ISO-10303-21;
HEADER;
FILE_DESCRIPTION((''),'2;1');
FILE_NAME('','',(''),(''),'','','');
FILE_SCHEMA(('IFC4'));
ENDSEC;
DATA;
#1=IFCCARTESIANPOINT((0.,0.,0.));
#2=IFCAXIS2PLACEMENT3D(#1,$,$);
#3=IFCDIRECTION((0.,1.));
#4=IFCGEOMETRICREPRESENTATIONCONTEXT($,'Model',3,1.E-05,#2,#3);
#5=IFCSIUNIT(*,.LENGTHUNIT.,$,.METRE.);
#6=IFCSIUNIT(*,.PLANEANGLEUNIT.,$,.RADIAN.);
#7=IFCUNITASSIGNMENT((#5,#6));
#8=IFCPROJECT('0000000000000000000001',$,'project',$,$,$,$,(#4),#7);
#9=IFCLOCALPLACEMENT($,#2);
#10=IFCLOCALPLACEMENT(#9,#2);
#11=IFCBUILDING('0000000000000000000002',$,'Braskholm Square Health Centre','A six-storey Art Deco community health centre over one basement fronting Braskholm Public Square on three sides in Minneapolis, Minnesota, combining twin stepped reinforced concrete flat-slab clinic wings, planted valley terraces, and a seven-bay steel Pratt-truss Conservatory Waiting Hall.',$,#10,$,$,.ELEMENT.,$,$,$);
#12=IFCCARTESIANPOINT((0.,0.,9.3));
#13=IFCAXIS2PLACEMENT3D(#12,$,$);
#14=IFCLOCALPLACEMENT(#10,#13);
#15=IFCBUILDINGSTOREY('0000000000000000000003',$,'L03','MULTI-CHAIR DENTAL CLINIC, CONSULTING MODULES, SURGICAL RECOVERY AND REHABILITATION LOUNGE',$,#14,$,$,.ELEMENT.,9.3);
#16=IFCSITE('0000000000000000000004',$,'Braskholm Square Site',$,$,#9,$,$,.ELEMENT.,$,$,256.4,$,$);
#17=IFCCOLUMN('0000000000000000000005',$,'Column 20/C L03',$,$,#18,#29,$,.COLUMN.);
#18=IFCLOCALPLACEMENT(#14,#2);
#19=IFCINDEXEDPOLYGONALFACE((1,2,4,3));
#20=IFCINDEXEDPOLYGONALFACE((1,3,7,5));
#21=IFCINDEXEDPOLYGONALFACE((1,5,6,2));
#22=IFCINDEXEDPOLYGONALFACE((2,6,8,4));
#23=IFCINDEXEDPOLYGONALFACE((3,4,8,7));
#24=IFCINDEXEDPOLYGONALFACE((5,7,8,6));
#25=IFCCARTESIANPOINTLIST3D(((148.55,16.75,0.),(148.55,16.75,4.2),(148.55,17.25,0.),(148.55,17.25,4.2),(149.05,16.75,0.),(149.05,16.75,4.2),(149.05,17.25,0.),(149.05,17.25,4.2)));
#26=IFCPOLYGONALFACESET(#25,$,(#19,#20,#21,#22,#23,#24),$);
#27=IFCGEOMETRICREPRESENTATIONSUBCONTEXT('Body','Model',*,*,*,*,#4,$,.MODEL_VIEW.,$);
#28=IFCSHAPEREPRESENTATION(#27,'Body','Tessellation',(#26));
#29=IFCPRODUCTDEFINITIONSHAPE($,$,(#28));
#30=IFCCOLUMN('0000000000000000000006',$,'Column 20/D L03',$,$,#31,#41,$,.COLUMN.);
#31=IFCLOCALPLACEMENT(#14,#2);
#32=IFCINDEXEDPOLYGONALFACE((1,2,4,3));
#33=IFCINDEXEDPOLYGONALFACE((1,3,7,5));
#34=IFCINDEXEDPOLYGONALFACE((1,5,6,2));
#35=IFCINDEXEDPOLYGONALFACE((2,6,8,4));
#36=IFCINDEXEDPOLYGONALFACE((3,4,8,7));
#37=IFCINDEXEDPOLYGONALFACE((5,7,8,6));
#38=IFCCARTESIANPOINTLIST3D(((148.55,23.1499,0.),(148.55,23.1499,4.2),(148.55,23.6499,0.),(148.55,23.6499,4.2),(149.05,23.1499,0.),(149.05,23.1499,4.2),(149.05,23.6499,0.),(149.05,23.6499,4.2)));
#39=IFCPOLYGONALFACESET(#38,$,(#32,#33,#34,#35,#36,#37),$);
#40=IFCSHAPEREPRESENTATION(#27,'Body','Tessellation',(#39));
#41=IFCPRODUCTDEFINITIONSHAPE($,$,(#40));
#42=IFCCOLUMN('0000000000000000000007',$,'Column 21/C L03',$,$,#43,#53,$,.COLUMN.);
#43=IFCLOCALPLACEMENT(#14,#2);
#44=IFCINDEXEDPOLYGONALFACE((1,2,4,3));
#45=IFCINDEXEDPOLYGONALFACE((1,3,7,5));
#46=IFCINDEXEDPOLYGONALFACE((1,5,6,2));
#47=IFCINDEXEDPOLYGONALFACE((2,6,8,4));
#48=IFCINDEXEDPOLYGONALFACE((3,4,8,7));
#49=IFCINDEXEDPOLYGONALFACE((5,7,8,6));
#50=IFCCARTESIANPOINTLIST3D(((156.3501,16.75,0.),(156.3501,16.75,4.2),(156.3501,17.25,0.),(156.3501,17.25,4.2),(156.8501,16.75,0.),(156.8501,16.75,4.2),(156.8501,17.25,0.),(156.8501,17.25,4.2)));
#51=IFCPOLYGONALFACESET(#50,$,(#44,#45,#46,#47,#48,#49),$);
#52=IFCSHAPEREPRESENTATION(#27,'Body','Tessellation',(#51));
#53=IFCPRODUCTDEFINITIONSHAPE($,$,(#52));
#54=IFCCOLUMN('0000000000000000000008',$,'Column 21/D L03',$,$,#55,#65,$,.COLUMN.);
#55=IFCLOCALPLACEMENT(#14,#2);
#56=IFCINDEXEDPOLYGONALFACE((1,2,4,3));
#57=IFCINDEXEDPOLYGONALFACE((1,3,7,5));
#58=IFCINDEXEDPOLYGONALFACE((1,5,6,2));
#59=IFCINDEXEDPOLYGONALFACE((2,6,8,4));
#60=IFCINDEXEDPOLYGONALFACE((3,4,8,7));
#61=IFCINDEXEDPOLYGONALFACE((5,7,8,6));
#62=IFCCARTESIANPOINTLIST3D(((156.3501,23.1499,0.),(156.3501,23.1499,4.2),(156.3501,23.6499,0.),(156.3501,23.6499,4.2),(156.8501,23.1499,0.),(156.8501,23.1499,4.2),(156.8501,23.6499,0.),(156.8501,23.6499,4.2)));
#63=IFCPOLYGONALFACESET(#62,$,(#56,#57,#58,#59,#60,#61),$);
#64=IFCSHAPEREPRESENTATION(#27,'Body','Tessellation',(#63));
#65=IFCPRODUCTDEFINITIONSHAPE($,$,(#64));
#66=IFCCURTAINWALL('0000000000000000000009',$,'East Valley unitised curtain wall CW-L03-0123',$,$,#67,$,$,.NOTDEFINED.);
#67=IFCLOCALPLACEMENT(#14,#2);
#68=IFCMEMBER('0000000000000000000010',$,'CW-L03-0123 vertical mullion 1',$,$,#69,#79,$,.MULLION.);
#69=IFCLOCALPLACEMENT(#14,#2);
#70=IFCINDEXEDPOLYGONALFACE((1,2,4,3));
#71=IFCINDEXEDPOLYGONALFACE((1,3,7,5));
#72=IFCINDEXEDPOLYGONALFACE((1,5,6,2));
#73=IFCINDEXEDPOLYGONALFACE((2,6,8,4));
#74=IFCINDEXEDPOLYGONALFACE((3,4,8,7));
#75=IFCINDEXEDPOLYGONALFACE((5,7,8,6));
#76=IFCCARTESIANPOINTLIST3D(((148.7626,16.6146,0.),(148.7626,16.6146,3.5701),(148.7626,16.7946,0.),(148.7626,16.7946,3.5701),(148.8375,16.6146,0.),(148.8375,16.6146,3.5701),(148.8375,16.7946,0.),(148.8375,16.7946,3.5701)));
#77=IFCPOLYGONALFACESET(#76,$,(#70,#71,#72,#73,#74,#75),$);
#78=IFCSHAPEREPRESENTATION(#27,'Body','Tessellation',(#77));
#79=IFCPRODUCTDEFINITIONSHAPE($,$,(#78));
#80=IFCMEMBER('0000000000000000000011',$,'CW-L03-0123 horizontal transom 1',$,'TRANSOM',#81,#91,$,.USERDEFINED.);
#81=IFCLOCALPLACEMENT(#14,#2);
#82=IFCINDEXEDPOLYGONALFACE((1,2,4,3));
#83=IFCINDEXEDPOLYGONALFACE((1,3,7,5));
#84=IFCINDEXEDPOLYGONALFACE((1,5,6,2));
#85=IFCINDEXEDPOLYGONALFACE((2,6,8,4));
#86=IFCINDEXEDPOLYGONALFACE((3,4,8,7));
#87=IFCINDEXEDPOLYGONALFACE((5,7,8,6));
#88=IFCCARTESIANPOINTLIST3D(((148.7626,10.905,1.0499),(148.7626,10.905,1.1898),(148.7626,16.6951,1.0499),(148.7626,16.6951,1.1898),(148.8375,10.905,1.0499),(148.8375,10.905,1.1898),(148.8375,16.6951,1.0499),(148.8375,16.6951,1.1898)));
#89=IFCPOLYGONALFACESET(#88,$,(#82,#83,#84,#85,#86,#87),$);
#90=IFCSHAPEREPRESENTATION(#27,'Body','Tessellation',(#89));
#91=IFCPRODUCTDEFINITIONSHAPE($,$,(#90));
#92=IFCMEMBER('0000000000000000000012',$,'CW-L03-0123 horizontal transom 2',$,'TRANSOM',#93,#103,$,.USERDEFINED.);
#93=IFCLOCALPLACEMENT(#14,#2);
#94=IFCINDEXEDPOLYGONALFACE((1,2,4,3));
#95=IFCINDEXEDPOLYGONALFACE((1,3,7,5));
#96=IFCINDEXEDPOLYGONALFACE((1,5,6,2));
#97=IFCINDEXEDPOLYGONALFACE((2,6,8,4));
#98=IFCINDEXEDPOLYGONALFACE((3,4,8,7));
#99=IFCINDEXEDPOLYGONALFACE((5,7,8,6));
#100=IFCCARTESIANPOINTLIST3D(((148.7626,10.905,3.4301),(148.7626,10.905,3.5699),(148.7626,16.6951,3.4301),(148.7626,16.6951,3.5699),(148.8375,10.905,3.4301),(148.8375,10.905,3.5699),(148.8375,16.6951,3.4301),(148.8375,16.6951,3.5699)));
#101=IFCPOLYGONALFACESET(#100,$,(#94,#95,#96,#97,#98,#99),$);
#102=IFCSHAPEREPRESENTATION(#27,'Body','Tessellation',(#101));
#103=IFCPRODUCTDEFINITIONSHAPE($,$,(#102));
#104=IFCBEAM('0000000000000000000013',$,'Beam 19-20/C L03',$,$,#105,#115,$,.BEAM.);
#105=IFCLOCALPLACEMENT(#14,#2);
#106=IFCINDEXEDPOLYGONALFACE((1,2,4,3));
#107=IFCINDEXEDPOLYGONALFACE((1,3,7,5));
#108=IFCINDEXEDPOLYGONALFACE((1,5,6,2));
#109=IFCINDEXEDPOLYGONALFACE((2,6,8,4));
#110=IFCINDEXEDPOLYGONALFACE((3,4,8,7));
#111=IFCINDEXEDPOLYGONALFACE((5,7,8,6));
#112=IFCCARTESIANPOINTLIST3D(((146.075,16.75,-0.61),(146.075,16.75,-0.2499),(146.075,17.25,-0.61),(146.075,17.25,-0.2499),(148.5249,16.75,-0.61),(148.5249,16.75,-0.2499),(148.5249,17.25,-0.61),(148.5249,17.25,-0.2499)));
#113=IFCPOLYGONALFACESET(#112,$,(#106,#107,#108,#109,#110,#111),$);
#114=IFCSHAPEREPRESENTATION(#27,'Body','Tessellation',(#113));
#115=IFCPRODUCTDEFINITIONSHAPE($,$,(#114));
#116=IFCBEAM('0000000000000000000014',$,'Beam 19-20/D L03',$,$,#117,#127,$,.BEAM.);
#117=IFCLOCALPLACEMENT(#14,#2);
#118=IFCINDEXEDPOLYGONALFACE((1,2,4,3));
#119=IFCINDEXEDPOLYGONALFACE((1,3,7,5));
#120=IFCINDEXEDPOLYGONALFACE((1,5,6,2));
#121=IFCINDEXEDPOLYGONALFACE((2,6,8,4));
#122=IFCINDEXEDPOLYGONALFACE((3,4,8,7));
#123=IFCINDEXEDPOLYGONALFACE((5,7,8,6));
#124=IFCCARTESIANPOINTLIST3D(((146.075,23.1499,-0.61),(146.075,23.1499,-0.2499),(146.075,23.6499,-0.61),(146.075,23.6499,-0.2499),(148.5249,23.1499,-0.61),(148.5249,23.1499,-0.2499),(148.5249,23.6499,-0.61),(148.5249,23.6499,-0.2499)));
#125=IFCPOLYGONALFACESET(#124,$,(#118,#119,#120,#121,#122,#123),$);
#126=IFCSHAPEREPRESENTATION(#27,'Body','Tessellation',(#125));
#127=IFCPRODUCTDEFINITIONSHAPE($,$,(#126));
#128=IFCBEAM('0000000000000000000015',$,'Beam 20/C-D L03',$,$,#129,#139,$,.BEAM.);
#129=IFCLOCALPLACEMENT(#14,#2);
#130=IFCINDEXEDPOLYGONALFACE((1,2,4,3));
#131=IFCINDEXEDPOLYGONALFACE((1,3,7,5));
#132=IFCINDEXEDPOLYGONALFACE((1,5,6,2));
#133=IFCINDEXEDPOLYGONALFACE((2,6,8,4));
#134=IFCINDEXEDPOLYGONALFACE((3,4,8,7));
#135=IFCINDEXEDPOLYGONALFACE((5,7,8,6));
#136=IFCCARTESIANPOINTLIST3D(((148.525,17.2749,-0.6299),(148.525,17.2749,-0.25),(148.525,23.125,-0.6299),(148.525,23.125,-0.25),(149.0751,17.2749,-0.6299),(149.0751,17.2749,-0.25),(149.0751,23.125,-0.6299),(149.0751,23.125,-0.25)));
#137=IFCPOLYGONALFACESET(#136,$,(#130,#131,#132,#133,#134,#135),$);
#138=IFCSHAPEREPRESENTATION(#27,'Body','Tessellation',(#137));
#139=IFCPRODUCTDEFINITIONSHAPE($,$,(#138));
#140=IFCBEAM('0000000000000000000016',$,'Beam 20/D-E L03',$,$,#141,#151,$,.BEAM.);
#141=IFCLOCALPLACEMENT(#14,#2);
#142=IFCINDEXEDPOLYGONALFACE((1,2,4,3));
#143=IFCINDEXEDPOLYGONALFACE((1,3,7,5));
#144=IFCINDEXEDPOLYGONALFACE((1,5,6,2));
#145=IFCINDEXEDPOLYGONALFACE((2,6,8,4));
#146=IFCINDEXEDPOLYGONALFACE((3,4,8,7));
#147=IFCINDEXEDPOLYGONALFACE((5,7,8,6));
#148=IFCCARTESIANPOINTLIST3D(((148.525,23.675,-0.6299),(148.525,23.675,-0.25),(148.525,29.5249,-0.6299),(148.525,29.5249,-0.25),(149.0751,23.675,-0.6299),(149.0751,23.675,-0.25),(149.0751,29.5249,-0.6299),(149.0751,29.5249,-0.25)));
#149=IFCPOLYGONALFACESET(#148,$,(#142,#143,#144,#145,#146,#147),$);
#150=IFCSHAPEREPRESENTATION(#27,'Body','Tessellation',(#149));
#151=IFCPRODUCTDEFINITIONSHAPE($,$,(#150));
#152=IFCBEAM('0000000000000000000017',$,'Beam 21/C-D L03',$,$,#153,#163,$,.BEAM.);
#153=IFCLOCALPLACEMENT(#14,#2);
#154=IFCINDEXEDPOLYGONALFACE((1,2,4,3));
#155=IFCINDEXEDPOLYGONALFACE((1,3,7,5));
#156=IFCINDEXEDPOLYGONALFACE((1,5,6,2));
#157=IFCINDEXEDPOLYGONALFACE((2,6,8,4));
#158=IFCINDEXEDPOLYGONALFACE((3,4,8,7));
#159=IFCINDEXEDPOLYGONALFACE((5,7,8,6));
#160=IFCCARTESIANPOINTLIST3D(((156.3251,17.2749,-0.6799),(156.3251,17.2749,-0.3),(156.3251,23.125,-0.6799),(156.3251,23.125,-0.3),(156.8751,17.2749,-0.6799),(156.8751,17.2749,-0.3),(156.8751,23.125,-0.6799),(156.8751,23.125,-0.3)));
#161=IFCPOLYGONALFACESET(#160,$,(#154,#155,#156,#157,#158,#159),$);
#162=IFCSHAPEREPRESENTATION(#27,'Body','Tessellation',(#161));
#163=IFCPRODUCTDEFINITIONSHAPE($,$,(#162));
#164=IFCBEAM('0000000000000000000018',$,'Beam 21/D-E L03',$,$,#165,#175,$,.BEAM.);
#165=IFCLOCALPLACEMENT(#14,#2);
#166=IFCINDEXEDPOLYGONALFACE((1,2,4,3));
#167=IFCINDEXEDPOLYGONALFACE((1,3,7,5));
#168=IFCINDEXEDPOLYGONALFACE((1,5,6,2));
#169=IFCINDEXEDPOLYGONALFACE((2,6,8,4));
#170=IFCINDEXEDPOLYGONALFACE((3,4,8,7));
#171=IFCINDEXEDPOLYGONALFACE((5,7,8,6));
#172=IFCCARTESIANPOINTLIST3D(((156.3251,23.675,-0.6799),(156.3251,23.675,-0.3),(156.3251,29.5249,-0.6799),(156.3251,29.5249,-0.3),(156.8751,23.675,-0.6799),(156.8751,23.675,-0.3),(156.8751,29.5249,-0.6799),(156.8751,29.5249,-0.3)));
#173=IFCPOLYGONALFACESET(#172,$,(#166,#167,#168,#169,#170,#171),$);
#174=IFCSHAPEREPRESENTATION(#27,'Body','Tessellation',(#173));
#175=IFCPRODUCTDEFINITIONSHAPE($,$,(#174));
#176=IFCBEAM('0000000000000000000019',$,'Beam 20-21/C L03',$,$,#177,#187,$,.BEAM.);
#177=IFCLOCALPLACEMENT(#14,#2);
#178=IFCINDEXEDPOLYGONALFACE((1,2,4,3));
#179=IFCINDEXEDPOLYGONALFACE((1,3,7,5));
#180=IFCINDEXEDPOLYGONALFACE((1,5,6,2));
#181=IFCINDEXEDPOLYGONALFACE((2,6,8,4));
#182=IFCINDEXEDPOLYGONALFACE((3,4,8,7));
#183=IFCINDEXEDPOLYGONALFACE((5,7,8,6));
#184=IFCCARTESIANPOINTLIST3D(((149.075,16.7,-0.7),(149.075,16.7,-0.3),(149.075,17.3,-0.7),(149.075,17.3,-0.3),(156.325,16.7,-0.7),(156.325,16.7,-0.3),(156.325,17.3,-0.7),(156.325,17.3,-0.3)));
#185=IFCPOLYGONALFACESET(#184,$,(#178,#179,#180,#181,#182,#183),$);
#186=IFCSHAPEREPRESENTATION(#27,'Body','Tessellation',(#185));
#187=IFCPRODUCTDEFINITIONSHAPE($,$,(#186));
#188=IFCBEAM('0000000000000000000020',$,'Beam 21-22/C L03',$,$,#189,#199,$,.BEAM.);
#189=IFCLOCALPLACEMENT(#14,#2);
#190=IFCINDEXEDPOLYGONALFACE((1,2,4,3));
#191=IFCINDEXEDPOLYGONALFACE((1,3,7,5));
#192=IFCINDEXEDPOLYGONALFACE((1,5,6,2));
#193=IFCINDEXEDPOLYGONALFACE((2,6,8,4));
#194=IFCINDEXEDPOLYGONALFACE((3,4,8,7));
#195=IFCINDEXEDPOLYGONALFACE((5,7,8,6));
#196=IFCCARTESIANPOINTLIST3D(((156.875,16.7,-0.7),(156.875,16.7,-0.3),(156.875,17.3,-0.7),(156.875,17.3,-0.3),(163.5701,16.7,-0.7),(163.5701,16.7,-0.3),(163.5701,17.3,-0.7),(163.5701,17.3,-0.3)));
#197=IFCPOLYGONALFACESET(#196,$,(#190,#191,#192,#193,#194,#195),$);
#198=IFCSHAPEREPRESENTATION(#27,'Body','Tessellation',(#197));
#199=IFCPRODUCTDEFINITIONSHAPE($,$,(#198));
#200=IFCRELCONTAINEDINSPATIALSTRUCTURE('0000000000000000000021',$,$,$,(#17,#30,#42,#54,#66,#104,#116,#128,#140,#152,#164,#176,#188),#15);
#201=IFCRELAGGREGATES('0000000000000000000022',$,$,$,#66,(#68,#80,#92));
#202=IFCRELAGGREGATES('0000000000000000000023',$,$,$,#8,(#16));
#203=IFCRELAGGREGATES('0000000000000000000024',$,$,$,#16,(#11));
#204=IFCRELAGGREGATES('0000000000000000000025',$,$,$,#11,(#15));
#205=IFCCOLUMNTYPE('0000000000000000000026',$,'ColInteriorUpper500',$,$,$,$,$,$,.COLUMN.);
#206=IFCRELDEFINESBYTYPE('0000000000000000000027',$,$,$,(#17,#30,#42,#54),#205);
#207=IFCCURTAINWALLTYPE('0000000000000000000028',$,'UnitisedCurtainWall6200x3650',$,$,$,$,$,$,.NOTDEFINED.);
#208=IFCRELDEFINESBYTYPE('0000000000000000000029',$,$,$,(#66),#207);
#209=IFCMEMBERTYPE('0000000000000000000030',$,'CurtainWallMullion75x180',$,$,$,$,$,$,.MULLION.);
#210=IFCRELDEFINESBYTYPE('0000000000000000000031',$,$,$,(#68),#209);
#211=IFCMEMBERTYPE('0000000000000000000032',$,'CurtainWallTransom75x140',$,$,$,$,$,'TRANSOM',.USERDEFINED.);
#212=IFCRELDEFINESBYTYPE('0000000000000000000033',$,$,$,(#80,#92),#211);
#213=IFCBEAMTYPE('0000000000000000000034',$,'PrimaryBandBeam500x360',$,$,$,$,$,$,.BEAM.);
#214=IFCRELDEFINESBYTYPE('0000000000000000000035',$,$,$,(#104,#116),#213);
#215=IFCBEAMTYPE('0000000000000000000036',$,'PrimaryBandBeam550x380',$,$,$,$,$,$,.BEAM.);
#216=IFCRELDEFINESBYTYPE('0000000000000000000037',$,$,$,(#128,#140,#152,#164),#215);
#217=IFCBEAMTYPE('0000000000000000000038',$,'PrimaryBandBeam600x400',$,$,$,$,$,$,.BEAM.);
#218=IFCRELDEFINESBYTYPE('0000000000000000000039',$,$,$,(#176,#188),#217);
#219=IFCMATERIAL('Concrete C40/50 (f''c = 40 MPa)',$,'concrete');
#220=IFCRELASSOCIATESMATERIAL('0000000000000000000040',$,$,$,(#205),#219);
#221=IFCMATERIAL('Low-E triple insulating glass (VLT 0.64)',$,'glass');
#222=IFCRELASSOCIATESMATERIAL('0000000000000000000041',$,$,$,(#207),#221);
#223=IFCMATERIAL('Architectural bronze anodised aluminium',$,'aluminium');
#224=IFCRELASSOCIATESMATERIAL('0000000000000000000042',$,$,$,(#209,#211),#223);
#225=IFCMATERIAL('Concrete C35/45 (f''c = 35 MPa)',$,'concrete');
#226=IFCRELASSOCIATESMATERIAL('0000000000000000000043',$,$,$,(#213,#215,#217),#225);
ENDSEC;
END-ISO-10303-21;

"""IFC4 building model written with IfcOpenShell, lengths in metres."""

from ifc_helpers import new_model, si_unit, direction, frame, origin, origin_2d, place, context, subcontext, project, spatial, rectangle, extrude, material, material_profile, profile_set, type_object, element, aggregate, save


model = new_model("IFC4")

# Units and contexts
model_context = context("Model", 3, precision=1e-05, world=origin(), true_north=direction((0.0, 1.0)))
body_context = subcontext(model_context, "Body", "Model", "MODEL_VIEW")
ifc_project = project(units=[si_unit("LENGTHUNIT", "METRE"), si_unit("PLANEANGLEUNIT", "RADIAN")], contexts=[model_context])

# Site, building, storey
site_placement = place(None, origin())
site = spatial("IfcSite", under=ifc_project, at=site_placement, Name="Braskholm Square Site", CompositionType="ELEMENT", RefElevation=256.4)
building_placement = place(site_placement, origin())
building = spatial("IfcBuilding", under=site, at=building_placement, Name="Braskholm Square Health Centre", Description="A six-storey Art Deco community health centre over one basement fronting Braskholm Public Square on three sides in Minneapolis, Minnesota, combining twin stepped reinforced concrete flat-slab clinic wings, planted valley terraces, and a seven-bay steel Pratt-truss Conservatory Waiting Hall.", CompositionType="ELEMENT")
storey_placement = place(building_placement, frame((0.0, 0.0, 9.3)))
storey = spatial("IfcBuildingStorey", under=building, at=storey_placement, Name="L03", Description="MULTI-CHAIR DENTAL CLINIC, CONSULTING MODULES, SURGICAL RECOVERY AND REHABILITATION LOUNGE", CompositionType="ELEMENT", Elevation=9.3)

# Columns
ifc_material_1 = material(Name="Concrete C40/50 (f'c = 40 MPa)", Category="concrete")
ifc_material_profile_1 = material_profile(ifc_material_1, rectangle(XDim=0.5, YDim=0.5, at=origin_2d()), Name="RC-500X500")
ifc_profile_set_1 = profile_set([ifc_material_profile_1], Name="Concrete C40/50 (f'c = 40 MPa)")
column_type = type_object("IfcColumnType", Name="ColInteriorUpper500", PredefinedType="COLUMN", material=ifc_profile_set_1)
for number, where, z_axis, x_axis, name in (
    (1, (148.8, 17.0, 0.0), (0.0, 0.0, 1.0), (1.0, 0.0, 0.0), "Column 20/C L03"),
    (2, (148.8, 23.3999, 0.0), (0.0, 0.0, 1.0), (1.0, 0.0, 0.0), "Column 20/D L03"),
    (3, (156.6001, 17.0, 0.0), (0.0, 0.0, 1.0), (1.0, 0.0, 0.0), "Column 21/C L03"),
    (4, (156.6001, 23.3999, 0.0), (0.0, 0.0, 1.0), (1.0, 0.0, 0.0), "Column 21/D L03"),
):
    element("IfcColumn", number, at=place(storey_placement, frame(where, z_axis=z_axis, x_axis=x_axis)), inside=storey, type_object=column_type, Name=name, PredefinedType="COLUMN", context=body_context, shape_type="SweptSolid", body=[
        extrude(rectangle(XDim=0.5, YDim=0.5, at=origin_2d()), origin(), (0.0, 0.0, 1.0), 4.2),
    ])

# Curtain wall, members
ifc_material_2 = material(Name="Low-E triple insulating glass (VLT 0.64)", Category="glass")
curtain_wall_type = type_object("IfcCurtainWallType", Name="UnitisedCurtainWall6200x3650", PredefinedType="NOTDEFINED", material=ifc_material_2)
curtain_wall_placement = place(storey_placement, origin())
curtain_wall = element("IfcCurtainWall", 5, at=curtain_wall_placement, inside=storey, type_object=curtain_wall_type, Name="East Valley unitised curtain wall CW-L03-0123", PredefinedType="NOTDEFINED")
ifc_material_3 = material(Name="Architectural bronze anodised aluminium", Category="aluminium")
ifc_material_profile_2 = material_profile(ifc_material_3, rectangle(XDim=0.075, YDim=0.1799, at=origin_2d()), Name="ALU-75X180")
ifc_profile_set_2 = profile_set([ifc_material_profile_2], Name="Architectural bronze anodised aluminium")
member_type_1 = type_object("IfcMemberType", Name="CurtainWallMullion75x180", PredefinedType="MULLION", material=ifc_profile_set_2)
member_1_placement = place(storey_placement, frame((148.8, 16.7046, 0.0), z_axis=(0.0, 0.0, 1.0), x_axis=(1.0, 0.0, 0.0)))
member_1 = element("IfcMember", 6, at=member_1_placement, type_object=member_type_1, Name="CW-L03-0123 vertical mullion 1", PredefinedType="MULLION", context=body_context, shape_type="SweptSolid", body=[
    extrude(rectangle(XDim=0.075, YDim=0.1799, at=origin_2d()), origin(), (0.0, 0.0, 1.0), 3.5701),
])
ifc_material_profile_3 = material_profile(ifc_material_3, rectangle(XDim=0.075, YDim=0.1399, at=origin_2d()), Name="ALU-75X140")
ifc_profile_set_3 = profile_set([ifc_material_profile_3], Name="Architectural bronze anodised aluminium")
member_type_2 = type_object("IfcMemberType", Name="CurtainWallTransom75x140", ElementType="TRANSOM", PredefinedType="USERDEFINED", material=ifc_profile_set_3)
member_2_placement = place(storey_placement, frame((148.8, 16.6951, 1.1199), z_axis=(0.0, -1.0, 0.0), x_axis=(1.0, 0.0, 0.0)))
member_2 = element("IfcMember", 7, at=member_2_placement, type_object=member_type_2, Name="CW-L03-0123 horizontal transom 1", ObjectType="TRANSOM", PredefinedType="USERDEFINED", context=body_context, shape_type="SweptSolid", body=[
    extrude(rectangle(XDim=0.075, YDim=0.1399, at=origin_2d()), origin(), (0.0, 0.0, 1.0), 5.79),
])
member_3_placement = place(storey_placement, frame((148.8, 16.6951, 3.5), z_axis=(0.0, -1.0, 0.0), x_axis=(1.0, 0.0, 0.0)))
member_3 = element("IfcMember", 8, at=member_3_placement, type_object=member_type_2, Name="CW-L03-0123 horizontal transom 2", ObjectType="TRANSOM", PredefinedType="USERDEFINED", context=body_context, shape_type="SweptSolid", body=[
    extrude(rectangle(XDim=0.075, YDim=0.1399, at=origin_2d()), origin(), (0.0, 0.0, 1.0), 5.79),
])

# Beams
ifc_material_4 = material(Name="Concrete C35/45 (f'c = 35 MPa)", Category="concrete")
ifc_material_profile_4 = material_profile(ifc_material_4, rectangle(XDim=0.5, YDim=0.3601, at=origin_2d()), Name="RCB-500X360")
ifc_profile_set_4 = profile_set([ifc_material_profile_4], Name="Concrete C35/45 (f'c = 35 MPa)")
beam_type_1 = type_object("IfcBeamType", Name="PrimaryBandBeam500x360", PredefinedType="BEAM", material=ifc_profile_set_4)
for number, where, z_axis, x_axis, name in (
    (9, (146.075, 17.0, -0.4299), (1.0, 0.0, 0.0), (0.0, 1.0, 0.0), "Beam 19-20/C L03"),
    (10, (146.075, 23.3999, -0.4299), (1.0, 0.0, 0.0), (0.0, 1.0, 0.0), "Beam 19-20/D L03"),
):
    element("IfcBeam", number, at=place(storey_placement, frame(where, z_axis=z_axis, x_axis=x_axis)), inside=storey, type_object=beam_type_1, Name=name, PredefinedType="BEAM", context=body_context, shape_type="SweptSolid", body=[
        extrude(rectangle(XDim=0.5, YDim=0.3601, at=origin_2d()), origin(), (0.0, 0.0, 1.0), 2.45),
    ])
ifc_material_profile_5 = material_profile(ifc_material_4, rectangle(XDim=0.55, YDim=0.3799, at=origin_2d()), Name="RCB-550X380")
ifc_profile_set_5 = profile_set([ifc_material_profile_5], Name="Concrete C35/45 (f'c = 35 MPa)")
beam_type_2 = type_object("IfcBeamType", Name="PrimaryBandBeam550x380", PredefinedType="BEAM", material=ifc_profile_set_5)
beam_1_placement = place(storey_placement, frame((148.8, 17.2749, -0.4399), z_axis=(0.0, 1.0, 0.0), x_axis=(-1.0, 0.0, 0.0)))
element("IfcBeam", 11, at=beam_1_placement, inside=storey, type_object=beam_type_2, Name="Beam 20/C-D L03", PredefinedType="BEAM", context=body_context, shape_type="SweptSolid", body=[
    extrude(rectangle(XDim=0.55, YDim=0.3799, at=origin_2d()), origin(), (0.0, 0.0, 1.0), 5.8501),
])
beam_2_placement = place(storey_placement, frame((148.8, 23.675, -0.4399), z_axis=(0.0, 1.0, 0.0), x_axis=(-1.0, 0.0, 0.0)))
element("IfcBeam", 12, at=beam_2_placement, inside=storey, type_object=beam_type_2, Name="Beam 20/D-E L03", PredefinedType="BEAM", context=body_context, shape_type="SweptSolid", body=[
    extrude(rectangle(XDim=0.55, YDim=0.3799, at=origin_2d()), origin(), (0.0, 0.0, 1.0), 5.8499),
])
beam_3_placement = place(storey_placement, frame((156.6001, 17.2749, -0.49), z_axis=(0.0, 1.0, 0.0), x_axis=(-1.0, 0.0, 0.0)))
element("IfcBeam", 13, at=beam_3_placement, inside=storey, type_object=beam_type_2, Name="Beam 21/C-D L03", PredefinedType="BEAM", context=body_context, shape_type="SweptSolid", body=[
    extrude(rectangle(XDim=0.55, YDim=0.3799, at=origin_2d()), origin(), (0.0, 0.0, 1.0), 5.8501),
])
beam_4_placement = place(storey_placement, frame((156.6001, 23.675, -0.49), z_axis=(0.0, 1.0, 0.0), x_axis=(-1.0, 0.0, 0.0)))
element("IfcBeam", 14, at=beam_4_placement, inside=storey, type_object=beam_type_2, Name="Beam 21/D-E L03", PredefinedType="BEAM", context=body_context, shape_type="SweptSolid", body=[
    extrude(rectangle(XDim=0.55, YDim=0.3799, at=origin_2d()), origin(), (0.0, 0.0, 1.0), 5.8499),
])
ifc_material_profile_6 = material_profile(ifc_material_4, rectangle(XDim=0.6001, YDim=0.3999, at=origin_2d()), Name="RCB-600X400")
ifc_profile_set_6 = profile_set([ifc_material_profile_6], Name="Concrete C35/45 (f'c = 35 MPa)")
beam_type_3 = type_object("IfcBeamType", Name="PrimaryBandBeam600x400", PredefinedType="BEAM", material=ifc_profile_set_6)
beam_5_placement = place(storey_placement, frame((149.075, 17.0, -0.5), z_axis=(1.0, 0.0, 0.0), x_axis=(0.0, 1.0, 0.0)))
element("IfcBeam", 15, at=beam_5_placement, inside=storey, type_object=beam_type_3, Name="Beam 20-21/C L03", PredefinedType="BEAM", context=body_context, shape_type="SweptSolid", body=[
    extrude(rectangle(XDim=0.6001, YDim=0.3999, at=origin_2d()), origin(), (0.0, 0.0, 1.0), 7.25),
])
for number, where, z_axis, x_axis, name in (
    (16, (156.875, 17.0, -0.5), (1.0, 0.0, 0.0), (0.0, 1.0, 0.0), "Beam 21-22/C L03"),
):
    element("IfcBeam", number, at=place(storey_placement, frame(where, z_axis=z_axis, x_axis=x_axis)), inside=storey, type_object=beam_type_3, Name=name, PredefinedType="BEAM", context=body_context, shape_type="SweptSolid", body=[
        extrude(rectangle(XDim=0.6001, YDim=0.3999, at=origin_2d()), origin(), (0.0, 0.0, 1.0), 6.6951),
    ])

aggregate(curtain_wall, [member_1, member_2, member_3])

save(model, "model.ifc")
